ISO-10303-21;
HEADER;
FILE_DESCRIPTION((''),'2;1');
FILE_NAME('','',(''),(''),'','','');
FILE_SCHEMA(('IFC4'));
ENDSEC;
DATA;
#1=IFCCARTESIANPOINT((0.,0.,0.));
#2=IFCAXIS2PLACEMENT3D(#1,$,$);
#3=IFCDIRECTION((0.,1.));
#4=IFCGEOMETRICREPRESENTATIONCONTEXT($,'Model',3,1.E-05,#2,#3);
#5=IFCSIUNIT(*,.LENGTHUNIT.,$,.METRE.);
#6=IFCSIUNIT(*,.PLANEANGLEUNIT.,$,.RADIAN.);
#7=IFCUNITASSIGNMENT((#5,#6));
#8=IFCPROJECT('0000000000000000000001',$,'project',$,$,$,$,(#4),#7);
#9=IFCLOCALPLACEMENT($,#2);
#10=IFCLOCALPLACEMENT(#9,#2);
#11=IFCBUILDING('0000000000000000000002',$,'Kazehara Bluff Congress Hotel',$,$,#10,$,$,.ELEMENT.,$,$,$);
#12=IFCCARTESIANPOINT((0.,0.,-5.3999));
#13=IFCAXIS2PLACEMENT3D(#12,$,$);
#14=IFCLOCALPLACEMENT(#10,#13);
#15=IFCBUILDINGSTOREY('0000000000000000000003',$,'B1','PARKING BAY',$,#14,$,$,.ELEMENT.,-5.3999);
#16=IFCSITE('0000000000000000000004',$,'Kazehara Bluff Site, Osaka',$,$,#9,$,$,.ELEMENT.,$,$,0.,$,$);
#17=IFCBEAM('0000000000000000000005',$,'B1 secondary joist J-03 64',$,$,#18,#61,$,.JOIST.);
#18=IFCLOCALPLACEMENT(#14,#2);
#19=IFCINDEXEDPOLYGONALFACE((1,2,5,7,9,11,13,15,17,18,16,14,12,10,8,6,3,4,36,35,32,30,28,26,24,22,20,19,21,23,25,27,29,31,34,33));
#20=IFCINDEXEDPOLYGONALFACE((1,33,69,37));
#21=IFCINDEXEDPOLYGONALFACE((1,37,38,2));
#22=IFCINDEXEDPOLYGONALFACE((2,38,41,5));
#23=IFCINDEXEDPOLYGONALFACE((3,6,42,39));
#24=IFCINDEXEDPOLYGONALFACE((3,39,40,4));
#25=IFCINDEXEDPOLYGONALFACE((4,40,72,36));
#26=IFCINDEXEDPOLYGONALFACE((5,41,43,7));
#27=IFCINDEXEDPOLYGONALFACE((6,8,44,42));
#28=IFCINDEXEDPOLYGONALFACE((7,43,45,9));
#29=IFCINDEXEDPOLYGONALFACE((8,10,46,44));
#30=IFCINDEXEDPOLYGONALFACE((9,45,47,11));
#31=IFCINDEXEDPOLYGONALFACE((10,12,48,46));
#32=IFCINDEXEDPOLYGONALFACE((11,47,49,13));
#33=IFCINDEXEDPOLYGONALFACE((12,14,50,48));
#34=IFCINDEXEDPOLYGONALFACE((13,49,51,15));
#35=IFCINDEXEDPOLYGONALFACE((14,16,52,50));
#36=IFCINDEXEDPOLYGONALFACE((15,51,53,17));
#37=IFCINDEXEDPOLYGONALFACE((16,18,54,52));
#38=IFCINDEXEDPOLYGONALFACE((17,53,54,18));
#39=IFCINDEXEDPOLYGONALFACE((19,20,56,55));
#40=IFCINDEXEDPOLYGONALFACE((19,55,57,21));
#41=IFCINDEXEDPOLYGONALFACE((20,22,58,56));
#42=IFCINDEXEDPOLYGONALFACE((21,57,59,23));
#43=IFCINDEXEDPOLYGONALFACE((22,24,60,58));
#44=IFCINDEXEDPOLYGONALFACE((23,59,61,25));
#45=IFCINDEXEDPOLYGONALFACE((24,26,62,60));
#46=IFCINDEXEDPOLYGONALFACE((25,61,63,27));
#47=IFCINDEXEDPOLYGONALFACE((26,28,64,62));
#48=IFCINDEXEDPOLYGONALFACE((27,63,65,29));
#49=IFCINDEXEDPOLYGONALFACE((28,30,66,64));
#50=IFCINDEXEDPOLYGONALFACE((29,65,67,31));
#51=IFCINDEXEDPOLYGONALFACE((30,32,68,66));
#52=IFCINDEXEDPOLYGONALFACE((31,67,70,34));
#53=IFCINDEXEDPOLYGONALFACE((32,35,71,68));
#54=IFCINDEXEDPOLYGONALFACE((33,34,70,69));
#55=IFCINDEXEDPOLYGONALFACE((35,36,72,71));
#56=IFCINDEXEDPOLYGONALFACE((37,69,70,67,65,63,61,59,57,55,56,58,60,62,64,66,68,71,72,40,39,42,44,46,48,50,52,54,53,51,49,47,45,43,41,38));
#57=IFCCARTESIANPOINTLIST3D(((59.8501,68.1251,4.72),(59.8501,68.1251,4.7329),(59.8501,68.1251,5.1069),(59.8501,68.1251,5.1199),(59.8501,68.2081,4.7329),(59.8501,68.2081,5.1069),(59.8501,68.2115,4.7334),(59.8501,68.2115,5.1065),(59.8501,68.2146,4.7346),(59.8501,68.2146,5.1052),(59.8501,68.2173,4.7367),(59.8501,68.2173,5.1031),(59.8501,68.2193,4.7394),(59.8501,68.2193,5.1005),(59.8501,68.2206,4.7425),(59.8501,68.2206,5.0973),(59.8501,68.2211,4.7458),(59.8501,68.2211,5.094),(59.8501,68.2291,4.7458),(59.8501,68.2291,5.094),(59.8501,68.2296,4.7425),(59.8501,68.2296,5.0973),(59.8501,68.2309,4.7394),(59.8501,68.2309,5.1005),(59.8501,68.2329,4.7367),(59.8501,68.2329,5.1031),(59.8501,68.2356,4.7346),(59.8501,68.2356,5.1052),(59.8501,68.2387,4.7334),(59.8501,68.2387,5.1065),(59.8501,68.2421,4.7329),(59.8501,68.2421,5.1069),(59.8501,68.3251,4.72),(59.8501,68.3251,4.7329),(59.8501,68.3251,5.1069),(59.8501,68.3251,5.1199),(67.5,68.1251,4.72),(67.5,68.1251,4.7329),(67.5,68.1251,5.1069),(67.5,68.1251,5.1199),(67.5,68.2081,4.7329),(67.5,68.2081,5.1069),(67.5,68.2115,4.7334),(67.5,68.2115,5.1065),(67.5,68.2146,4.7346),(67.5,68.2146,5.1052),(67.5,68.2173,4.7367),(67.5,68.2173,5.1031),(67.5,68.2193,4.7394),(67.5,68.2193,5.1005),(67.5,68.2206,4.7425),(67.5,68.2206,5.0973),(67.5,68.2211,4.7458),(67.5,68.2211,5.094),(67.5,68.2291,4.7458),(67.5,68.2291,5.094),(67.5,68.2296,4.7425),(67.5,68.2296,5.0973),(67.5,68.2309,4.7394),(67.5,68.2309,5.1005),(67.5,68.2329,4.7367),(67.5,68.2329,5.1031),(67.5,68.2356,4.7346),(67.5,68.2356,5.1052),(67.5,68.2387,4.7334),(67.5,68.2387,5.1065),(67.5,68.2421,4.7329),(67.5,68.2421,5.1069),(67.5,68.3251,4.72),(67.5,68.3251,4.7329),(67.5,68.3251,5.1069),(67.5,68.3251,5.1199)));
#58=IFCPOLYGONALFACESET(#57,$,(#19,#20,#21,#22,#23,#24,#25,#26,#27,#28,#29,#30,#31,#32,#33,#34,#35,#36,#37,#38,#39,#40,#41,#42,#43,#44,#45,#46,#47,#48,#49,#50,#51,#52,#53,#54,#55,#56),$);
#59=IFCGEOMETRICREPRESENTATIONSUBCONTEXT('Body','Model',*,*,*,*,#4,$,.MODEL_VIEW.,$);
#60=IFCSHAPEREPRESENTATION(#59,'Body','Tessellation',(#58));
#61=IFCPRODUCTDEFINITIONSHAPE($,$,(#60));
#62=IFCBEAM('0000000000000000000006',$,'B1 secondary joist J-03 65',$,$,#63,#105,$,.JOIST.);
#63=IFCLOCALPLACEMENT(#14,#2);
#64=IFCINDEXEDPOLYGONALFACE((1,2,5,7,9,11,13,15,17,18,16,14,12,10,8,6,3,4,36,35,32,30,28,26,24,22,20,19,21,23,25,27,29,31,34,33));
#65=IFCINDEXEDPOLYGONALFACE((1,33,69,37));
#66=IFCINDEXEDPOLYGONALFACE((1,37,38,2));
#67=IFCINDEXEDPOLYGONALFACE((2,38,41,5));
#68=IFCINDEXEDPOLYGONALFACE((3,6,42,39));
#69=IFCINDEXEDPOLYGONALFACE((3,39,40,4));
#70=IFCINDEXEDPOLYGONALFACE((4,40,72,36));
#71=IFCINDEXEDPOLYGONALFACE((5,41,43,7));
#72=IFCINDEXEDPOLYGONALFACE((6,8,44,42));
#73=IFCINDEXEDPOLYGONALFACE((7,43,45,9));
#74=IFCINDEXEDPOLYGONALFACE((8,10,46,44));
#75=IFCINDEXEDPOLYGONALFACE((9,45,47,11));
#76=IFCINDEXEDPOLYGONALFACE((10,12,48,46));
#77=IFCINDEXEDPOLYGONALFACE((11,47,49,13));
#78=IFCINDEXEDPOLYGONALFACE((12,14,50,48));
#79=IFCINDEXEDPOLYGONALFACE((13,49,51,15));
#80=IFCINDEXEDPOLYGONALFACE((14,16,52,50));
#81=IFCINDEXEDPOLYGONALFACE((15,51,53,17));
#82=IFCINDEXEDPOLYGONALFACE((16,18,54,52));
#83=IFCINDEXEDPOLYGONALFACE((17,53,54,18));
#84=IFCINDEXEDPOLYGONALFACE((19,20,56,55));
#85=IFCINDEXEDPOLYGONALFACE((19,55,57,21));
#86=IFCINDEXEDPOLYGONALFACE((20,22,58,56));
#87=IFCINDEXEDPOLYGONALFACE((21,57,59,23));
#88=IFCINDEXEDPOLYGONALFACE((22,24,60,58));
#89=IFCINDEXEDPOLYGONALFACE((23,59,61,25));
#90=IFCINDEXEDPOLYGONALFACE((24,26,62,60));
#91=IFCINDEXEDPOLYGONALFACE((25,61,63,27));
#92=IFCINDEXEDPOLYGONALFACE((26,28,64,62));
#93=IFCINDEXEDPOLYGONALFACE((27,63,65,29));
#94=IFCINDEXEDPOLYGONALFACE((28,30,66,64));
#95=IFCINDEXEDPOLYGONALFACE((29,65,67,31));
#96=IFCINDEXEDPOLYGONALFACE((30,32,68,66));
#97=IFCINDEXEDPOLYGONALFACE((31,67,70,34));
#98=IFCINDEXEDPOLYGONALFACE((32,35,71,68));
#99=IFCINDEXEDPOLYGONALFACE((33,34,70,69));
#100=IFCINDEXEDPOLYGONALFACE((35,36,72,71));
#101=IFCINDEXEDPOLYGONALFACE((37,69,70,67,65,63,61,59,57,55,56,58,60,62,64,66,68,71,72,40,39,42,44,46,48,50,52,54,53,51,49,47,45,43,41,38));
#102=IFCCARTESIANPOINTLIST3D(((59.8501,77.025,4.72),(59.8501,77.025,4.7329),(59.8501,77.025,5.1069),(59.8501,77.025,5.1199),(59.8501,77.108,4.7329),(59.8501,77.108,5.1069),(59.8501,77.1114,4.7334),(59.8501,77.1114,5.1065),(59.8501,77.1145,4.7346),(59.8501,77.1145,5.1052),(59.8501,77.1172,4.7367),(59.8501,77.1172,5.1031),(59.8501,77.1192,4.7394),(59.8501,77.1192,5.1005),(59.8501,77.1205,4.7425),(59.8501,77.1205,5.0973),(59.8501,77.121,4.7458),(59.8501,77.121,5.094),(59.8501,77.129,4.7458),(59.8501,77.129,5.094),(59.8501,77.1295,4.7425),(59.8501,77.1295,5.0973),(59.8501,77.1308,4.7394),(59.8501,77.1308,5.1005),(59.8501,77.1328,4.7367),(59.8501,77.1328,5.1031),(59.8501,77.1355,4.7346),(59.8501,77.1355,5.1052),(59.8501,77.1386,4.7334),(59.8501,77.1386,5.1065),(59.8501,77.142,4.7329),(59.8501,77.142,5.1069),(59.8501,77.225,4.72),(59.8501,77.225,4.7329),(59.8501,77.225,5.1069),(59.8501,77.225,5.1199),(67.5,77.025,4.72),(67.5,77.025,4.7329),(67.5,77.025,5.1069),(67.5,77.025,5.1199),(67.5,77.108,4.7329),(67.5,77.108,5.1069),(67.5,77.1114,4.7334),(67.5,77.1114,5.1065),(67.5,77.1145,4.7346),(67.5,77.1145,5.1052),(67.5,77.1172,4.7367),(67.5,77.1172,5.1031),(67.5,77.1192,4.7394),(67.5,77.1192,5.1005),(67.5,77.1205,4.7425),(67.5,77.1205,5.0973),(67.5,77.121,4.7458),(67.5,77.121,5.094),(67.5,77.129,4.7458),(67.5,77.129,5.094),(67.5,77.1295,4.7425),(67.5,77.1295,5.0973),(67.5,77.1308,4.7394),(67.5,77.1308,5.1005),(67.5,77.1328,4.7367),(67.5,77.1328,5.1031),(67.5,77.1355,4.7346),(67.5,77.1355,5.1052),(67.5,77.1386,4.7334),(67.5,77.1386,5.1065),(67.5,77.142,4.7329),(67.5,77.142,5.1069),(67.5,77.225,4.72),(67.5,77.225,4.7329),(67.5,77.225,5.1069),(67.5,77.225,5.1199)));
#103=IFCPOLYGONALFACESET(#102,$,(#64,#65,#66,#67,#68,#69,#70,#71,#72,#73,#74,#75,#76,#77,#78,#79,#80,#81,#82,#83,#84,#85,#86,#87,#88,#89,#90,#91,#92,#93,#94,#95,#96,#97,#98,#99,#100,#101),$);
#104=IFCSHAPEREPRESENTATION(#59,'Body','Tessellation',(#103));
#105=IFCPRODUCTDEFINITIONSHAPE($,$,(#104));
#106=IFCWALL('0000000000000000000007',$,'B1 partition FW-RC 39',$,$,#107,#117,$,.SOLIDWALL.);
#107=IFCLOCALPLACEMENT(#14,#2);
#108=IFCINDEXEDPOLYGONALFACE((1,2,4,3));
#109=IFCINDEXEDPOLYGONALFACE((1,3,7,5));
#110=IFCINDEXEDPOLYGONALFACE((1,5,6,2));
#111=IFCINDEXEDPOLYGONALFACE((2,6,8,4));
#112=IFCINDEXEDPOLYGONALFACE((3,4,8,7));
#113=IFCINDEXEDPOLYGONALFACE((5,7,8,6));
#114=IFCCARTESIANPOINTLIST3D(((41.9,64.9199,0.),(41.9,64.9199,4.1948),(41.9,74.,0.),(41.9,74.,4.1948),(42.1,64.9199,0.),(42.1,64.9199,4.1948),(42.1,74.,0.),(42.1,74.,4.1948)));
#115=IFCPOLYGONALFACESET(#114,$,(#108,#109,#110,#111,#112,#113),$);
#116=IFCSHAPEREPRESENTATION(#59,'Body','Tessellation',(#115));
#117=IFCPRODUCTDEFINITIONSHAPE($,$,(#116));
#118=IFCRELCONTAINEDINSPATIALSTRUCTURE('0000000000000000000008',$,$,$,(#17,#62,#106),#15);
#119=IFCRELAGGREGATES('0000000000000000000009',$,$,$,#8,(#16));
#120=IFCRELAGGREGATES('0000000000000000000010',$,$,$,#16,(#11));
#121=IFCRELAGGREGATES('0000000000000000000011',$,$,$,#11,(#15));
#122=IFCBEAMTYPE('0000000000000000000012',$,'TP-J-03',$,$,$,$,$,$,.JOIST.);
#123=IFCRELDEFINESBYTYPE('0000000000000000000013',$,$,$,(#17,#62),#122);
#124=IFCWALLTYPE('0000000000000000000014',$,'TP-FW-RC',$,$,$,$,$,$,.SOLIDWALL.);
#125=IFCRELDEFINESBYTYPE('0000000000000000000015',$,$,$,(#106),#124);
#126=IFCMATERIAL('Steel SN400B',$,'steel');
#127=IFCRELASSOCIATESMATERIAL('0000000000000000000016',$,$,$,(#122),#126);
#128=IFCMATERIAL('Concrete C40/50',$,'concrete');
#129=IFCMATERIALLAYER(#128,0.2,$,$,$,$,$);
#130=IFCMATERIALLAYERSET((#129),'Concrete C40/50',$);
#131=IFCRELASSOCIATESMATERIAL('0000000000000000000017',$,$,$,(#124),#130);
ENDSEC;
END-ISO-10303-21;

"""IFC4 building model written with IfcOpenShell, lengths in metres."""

from ifc_helpers import new_model, si_unit, direction, frame, frame_2d, origin, origin_2d, place, context, subcontext, project, spatial, rectangle, i_section, extrude, material, layer, layer_set, material_profile, profile_set, type_object, element, save


model = new_model("IFC4")

# Units and contexts
model_context = context("Model", 3, precision=1e-05, world=origin(), true_north=direction((0.0, 1.0)))
body_context = subcontext(model_context, "Body", "Model", "MODEL_VIEW")
ifc_project = project(units=[si_unit("LENGTHUNIT", "METRE"), si_unit("PLANEANGLEUNIT", "RADIAN")], contexts=[model_context])

# Site, building, storey
site_placement = place(None, origin())
site = spatial("IfcSite", under=ifc_project, at=site_placement, Name="Kazehara Bluff Site, Osaka", CompositionType="ELEMENT", RefElevation=0.0)
building_placement = place(site_placement, origin())
building = spatial("IfcBuilding", under=site, at=building_placement, Name="Kazehara Bluff Congress Hotel", CompositionType="ELEMENT")
storey_placement = place(building_placement, frame((0.0, 0.0, -5.3999)))
storey = spatial("IfcBuildingStorey", under=building, at=storey_placement, Name="B1", Description="PARKING BAY", CompositionType="ELEMENT", Elevation=-5.3999)

# Beams
ifc_material_1 = material(Name="Steel SN400B", Category="steel")
ifc_material_profile_1 = material_profile(ifc_material_1, i_section(OverallWidth=0.2, OverallDepth=0.3999, WebThickness=0.0081, FlangeThickness=0.0129, FilletRadius=0.0129, at=origin_2d()))
ifc_profile_set_1 = profile_set([ifc_material_profile_1], Name="Steel SN400B")
beam_type_1 = type_object("IfcBeamType", Name="TP-J-03", PredefinedType="JOIST", material=ifc_profile_set_1)
for number, where, z_axis, x_axis, name in (
    (1, (59.8501, 68.2251, 4.9199), (1.0, 0.0, 0.0), (0.0, 1.0, 0.0), "B1 secondary joist J-03 64"),
    (2, (59.8501, 77.125, 4.9199), (1.0, 0.0, 0.0), (0.0, 1.0, 0.0), "B1 secondary joist J-03 65"),
):
    element("IfcBeam", number, at=place(storey_placement, frame(where, z_axis=z_axis, x_axis=x_axis)), inside=storey, type_object=beam_type_1, Name=name, PredefinedType="JOIST", context=body_context, shape_type="SweptSolid", body=[
        extrude(i_section(OverallWidth=0.2, OverallDepth=0.3999, WebThickness=0.0081, FlangeThickness=0.0129, FilletRadius=0.0129, at=origin_2d()), origin(), (0.0, 0.0, 1.0), 7.6499),
    ])

# Wall
ifc_material_2 = material(Name="Concrete C40/50", Category="concrete")
ifc_layer_1 = layer(ifc_material_2, 0.2)
ifc_layer_set_1 = layer_set([ifc_layer_1], Name="Concrete C40/50")
wall_type = type_object("IfcWallType", Name="TP-FW-RC", PredefinedType="SOLIDWALL", material=ifc_layer_set_1)
wall_placement = place(storey_placement, frame((42.0, 64.9199, 0.0), z_axis=(0.0, 0.0, 1.0), x_axis=(0.0, 1.0, 0.0)))
element("IfcWall", 3, at=wall_placement, inside=storey, type_object=wall_type, Name="B1 partition FW-RC 39", PredefinedType="SOLIDWALL", context=body_context, shape_type="SweptSolid", body=[
    extrude(rectangle(XDim=9.0801, YDim=0.2, at=frame_2d((4.54, 0.0))), origin(), (0.0, 0.0, 1.0), 4.1948),
])

save(model, "model.ifc")
